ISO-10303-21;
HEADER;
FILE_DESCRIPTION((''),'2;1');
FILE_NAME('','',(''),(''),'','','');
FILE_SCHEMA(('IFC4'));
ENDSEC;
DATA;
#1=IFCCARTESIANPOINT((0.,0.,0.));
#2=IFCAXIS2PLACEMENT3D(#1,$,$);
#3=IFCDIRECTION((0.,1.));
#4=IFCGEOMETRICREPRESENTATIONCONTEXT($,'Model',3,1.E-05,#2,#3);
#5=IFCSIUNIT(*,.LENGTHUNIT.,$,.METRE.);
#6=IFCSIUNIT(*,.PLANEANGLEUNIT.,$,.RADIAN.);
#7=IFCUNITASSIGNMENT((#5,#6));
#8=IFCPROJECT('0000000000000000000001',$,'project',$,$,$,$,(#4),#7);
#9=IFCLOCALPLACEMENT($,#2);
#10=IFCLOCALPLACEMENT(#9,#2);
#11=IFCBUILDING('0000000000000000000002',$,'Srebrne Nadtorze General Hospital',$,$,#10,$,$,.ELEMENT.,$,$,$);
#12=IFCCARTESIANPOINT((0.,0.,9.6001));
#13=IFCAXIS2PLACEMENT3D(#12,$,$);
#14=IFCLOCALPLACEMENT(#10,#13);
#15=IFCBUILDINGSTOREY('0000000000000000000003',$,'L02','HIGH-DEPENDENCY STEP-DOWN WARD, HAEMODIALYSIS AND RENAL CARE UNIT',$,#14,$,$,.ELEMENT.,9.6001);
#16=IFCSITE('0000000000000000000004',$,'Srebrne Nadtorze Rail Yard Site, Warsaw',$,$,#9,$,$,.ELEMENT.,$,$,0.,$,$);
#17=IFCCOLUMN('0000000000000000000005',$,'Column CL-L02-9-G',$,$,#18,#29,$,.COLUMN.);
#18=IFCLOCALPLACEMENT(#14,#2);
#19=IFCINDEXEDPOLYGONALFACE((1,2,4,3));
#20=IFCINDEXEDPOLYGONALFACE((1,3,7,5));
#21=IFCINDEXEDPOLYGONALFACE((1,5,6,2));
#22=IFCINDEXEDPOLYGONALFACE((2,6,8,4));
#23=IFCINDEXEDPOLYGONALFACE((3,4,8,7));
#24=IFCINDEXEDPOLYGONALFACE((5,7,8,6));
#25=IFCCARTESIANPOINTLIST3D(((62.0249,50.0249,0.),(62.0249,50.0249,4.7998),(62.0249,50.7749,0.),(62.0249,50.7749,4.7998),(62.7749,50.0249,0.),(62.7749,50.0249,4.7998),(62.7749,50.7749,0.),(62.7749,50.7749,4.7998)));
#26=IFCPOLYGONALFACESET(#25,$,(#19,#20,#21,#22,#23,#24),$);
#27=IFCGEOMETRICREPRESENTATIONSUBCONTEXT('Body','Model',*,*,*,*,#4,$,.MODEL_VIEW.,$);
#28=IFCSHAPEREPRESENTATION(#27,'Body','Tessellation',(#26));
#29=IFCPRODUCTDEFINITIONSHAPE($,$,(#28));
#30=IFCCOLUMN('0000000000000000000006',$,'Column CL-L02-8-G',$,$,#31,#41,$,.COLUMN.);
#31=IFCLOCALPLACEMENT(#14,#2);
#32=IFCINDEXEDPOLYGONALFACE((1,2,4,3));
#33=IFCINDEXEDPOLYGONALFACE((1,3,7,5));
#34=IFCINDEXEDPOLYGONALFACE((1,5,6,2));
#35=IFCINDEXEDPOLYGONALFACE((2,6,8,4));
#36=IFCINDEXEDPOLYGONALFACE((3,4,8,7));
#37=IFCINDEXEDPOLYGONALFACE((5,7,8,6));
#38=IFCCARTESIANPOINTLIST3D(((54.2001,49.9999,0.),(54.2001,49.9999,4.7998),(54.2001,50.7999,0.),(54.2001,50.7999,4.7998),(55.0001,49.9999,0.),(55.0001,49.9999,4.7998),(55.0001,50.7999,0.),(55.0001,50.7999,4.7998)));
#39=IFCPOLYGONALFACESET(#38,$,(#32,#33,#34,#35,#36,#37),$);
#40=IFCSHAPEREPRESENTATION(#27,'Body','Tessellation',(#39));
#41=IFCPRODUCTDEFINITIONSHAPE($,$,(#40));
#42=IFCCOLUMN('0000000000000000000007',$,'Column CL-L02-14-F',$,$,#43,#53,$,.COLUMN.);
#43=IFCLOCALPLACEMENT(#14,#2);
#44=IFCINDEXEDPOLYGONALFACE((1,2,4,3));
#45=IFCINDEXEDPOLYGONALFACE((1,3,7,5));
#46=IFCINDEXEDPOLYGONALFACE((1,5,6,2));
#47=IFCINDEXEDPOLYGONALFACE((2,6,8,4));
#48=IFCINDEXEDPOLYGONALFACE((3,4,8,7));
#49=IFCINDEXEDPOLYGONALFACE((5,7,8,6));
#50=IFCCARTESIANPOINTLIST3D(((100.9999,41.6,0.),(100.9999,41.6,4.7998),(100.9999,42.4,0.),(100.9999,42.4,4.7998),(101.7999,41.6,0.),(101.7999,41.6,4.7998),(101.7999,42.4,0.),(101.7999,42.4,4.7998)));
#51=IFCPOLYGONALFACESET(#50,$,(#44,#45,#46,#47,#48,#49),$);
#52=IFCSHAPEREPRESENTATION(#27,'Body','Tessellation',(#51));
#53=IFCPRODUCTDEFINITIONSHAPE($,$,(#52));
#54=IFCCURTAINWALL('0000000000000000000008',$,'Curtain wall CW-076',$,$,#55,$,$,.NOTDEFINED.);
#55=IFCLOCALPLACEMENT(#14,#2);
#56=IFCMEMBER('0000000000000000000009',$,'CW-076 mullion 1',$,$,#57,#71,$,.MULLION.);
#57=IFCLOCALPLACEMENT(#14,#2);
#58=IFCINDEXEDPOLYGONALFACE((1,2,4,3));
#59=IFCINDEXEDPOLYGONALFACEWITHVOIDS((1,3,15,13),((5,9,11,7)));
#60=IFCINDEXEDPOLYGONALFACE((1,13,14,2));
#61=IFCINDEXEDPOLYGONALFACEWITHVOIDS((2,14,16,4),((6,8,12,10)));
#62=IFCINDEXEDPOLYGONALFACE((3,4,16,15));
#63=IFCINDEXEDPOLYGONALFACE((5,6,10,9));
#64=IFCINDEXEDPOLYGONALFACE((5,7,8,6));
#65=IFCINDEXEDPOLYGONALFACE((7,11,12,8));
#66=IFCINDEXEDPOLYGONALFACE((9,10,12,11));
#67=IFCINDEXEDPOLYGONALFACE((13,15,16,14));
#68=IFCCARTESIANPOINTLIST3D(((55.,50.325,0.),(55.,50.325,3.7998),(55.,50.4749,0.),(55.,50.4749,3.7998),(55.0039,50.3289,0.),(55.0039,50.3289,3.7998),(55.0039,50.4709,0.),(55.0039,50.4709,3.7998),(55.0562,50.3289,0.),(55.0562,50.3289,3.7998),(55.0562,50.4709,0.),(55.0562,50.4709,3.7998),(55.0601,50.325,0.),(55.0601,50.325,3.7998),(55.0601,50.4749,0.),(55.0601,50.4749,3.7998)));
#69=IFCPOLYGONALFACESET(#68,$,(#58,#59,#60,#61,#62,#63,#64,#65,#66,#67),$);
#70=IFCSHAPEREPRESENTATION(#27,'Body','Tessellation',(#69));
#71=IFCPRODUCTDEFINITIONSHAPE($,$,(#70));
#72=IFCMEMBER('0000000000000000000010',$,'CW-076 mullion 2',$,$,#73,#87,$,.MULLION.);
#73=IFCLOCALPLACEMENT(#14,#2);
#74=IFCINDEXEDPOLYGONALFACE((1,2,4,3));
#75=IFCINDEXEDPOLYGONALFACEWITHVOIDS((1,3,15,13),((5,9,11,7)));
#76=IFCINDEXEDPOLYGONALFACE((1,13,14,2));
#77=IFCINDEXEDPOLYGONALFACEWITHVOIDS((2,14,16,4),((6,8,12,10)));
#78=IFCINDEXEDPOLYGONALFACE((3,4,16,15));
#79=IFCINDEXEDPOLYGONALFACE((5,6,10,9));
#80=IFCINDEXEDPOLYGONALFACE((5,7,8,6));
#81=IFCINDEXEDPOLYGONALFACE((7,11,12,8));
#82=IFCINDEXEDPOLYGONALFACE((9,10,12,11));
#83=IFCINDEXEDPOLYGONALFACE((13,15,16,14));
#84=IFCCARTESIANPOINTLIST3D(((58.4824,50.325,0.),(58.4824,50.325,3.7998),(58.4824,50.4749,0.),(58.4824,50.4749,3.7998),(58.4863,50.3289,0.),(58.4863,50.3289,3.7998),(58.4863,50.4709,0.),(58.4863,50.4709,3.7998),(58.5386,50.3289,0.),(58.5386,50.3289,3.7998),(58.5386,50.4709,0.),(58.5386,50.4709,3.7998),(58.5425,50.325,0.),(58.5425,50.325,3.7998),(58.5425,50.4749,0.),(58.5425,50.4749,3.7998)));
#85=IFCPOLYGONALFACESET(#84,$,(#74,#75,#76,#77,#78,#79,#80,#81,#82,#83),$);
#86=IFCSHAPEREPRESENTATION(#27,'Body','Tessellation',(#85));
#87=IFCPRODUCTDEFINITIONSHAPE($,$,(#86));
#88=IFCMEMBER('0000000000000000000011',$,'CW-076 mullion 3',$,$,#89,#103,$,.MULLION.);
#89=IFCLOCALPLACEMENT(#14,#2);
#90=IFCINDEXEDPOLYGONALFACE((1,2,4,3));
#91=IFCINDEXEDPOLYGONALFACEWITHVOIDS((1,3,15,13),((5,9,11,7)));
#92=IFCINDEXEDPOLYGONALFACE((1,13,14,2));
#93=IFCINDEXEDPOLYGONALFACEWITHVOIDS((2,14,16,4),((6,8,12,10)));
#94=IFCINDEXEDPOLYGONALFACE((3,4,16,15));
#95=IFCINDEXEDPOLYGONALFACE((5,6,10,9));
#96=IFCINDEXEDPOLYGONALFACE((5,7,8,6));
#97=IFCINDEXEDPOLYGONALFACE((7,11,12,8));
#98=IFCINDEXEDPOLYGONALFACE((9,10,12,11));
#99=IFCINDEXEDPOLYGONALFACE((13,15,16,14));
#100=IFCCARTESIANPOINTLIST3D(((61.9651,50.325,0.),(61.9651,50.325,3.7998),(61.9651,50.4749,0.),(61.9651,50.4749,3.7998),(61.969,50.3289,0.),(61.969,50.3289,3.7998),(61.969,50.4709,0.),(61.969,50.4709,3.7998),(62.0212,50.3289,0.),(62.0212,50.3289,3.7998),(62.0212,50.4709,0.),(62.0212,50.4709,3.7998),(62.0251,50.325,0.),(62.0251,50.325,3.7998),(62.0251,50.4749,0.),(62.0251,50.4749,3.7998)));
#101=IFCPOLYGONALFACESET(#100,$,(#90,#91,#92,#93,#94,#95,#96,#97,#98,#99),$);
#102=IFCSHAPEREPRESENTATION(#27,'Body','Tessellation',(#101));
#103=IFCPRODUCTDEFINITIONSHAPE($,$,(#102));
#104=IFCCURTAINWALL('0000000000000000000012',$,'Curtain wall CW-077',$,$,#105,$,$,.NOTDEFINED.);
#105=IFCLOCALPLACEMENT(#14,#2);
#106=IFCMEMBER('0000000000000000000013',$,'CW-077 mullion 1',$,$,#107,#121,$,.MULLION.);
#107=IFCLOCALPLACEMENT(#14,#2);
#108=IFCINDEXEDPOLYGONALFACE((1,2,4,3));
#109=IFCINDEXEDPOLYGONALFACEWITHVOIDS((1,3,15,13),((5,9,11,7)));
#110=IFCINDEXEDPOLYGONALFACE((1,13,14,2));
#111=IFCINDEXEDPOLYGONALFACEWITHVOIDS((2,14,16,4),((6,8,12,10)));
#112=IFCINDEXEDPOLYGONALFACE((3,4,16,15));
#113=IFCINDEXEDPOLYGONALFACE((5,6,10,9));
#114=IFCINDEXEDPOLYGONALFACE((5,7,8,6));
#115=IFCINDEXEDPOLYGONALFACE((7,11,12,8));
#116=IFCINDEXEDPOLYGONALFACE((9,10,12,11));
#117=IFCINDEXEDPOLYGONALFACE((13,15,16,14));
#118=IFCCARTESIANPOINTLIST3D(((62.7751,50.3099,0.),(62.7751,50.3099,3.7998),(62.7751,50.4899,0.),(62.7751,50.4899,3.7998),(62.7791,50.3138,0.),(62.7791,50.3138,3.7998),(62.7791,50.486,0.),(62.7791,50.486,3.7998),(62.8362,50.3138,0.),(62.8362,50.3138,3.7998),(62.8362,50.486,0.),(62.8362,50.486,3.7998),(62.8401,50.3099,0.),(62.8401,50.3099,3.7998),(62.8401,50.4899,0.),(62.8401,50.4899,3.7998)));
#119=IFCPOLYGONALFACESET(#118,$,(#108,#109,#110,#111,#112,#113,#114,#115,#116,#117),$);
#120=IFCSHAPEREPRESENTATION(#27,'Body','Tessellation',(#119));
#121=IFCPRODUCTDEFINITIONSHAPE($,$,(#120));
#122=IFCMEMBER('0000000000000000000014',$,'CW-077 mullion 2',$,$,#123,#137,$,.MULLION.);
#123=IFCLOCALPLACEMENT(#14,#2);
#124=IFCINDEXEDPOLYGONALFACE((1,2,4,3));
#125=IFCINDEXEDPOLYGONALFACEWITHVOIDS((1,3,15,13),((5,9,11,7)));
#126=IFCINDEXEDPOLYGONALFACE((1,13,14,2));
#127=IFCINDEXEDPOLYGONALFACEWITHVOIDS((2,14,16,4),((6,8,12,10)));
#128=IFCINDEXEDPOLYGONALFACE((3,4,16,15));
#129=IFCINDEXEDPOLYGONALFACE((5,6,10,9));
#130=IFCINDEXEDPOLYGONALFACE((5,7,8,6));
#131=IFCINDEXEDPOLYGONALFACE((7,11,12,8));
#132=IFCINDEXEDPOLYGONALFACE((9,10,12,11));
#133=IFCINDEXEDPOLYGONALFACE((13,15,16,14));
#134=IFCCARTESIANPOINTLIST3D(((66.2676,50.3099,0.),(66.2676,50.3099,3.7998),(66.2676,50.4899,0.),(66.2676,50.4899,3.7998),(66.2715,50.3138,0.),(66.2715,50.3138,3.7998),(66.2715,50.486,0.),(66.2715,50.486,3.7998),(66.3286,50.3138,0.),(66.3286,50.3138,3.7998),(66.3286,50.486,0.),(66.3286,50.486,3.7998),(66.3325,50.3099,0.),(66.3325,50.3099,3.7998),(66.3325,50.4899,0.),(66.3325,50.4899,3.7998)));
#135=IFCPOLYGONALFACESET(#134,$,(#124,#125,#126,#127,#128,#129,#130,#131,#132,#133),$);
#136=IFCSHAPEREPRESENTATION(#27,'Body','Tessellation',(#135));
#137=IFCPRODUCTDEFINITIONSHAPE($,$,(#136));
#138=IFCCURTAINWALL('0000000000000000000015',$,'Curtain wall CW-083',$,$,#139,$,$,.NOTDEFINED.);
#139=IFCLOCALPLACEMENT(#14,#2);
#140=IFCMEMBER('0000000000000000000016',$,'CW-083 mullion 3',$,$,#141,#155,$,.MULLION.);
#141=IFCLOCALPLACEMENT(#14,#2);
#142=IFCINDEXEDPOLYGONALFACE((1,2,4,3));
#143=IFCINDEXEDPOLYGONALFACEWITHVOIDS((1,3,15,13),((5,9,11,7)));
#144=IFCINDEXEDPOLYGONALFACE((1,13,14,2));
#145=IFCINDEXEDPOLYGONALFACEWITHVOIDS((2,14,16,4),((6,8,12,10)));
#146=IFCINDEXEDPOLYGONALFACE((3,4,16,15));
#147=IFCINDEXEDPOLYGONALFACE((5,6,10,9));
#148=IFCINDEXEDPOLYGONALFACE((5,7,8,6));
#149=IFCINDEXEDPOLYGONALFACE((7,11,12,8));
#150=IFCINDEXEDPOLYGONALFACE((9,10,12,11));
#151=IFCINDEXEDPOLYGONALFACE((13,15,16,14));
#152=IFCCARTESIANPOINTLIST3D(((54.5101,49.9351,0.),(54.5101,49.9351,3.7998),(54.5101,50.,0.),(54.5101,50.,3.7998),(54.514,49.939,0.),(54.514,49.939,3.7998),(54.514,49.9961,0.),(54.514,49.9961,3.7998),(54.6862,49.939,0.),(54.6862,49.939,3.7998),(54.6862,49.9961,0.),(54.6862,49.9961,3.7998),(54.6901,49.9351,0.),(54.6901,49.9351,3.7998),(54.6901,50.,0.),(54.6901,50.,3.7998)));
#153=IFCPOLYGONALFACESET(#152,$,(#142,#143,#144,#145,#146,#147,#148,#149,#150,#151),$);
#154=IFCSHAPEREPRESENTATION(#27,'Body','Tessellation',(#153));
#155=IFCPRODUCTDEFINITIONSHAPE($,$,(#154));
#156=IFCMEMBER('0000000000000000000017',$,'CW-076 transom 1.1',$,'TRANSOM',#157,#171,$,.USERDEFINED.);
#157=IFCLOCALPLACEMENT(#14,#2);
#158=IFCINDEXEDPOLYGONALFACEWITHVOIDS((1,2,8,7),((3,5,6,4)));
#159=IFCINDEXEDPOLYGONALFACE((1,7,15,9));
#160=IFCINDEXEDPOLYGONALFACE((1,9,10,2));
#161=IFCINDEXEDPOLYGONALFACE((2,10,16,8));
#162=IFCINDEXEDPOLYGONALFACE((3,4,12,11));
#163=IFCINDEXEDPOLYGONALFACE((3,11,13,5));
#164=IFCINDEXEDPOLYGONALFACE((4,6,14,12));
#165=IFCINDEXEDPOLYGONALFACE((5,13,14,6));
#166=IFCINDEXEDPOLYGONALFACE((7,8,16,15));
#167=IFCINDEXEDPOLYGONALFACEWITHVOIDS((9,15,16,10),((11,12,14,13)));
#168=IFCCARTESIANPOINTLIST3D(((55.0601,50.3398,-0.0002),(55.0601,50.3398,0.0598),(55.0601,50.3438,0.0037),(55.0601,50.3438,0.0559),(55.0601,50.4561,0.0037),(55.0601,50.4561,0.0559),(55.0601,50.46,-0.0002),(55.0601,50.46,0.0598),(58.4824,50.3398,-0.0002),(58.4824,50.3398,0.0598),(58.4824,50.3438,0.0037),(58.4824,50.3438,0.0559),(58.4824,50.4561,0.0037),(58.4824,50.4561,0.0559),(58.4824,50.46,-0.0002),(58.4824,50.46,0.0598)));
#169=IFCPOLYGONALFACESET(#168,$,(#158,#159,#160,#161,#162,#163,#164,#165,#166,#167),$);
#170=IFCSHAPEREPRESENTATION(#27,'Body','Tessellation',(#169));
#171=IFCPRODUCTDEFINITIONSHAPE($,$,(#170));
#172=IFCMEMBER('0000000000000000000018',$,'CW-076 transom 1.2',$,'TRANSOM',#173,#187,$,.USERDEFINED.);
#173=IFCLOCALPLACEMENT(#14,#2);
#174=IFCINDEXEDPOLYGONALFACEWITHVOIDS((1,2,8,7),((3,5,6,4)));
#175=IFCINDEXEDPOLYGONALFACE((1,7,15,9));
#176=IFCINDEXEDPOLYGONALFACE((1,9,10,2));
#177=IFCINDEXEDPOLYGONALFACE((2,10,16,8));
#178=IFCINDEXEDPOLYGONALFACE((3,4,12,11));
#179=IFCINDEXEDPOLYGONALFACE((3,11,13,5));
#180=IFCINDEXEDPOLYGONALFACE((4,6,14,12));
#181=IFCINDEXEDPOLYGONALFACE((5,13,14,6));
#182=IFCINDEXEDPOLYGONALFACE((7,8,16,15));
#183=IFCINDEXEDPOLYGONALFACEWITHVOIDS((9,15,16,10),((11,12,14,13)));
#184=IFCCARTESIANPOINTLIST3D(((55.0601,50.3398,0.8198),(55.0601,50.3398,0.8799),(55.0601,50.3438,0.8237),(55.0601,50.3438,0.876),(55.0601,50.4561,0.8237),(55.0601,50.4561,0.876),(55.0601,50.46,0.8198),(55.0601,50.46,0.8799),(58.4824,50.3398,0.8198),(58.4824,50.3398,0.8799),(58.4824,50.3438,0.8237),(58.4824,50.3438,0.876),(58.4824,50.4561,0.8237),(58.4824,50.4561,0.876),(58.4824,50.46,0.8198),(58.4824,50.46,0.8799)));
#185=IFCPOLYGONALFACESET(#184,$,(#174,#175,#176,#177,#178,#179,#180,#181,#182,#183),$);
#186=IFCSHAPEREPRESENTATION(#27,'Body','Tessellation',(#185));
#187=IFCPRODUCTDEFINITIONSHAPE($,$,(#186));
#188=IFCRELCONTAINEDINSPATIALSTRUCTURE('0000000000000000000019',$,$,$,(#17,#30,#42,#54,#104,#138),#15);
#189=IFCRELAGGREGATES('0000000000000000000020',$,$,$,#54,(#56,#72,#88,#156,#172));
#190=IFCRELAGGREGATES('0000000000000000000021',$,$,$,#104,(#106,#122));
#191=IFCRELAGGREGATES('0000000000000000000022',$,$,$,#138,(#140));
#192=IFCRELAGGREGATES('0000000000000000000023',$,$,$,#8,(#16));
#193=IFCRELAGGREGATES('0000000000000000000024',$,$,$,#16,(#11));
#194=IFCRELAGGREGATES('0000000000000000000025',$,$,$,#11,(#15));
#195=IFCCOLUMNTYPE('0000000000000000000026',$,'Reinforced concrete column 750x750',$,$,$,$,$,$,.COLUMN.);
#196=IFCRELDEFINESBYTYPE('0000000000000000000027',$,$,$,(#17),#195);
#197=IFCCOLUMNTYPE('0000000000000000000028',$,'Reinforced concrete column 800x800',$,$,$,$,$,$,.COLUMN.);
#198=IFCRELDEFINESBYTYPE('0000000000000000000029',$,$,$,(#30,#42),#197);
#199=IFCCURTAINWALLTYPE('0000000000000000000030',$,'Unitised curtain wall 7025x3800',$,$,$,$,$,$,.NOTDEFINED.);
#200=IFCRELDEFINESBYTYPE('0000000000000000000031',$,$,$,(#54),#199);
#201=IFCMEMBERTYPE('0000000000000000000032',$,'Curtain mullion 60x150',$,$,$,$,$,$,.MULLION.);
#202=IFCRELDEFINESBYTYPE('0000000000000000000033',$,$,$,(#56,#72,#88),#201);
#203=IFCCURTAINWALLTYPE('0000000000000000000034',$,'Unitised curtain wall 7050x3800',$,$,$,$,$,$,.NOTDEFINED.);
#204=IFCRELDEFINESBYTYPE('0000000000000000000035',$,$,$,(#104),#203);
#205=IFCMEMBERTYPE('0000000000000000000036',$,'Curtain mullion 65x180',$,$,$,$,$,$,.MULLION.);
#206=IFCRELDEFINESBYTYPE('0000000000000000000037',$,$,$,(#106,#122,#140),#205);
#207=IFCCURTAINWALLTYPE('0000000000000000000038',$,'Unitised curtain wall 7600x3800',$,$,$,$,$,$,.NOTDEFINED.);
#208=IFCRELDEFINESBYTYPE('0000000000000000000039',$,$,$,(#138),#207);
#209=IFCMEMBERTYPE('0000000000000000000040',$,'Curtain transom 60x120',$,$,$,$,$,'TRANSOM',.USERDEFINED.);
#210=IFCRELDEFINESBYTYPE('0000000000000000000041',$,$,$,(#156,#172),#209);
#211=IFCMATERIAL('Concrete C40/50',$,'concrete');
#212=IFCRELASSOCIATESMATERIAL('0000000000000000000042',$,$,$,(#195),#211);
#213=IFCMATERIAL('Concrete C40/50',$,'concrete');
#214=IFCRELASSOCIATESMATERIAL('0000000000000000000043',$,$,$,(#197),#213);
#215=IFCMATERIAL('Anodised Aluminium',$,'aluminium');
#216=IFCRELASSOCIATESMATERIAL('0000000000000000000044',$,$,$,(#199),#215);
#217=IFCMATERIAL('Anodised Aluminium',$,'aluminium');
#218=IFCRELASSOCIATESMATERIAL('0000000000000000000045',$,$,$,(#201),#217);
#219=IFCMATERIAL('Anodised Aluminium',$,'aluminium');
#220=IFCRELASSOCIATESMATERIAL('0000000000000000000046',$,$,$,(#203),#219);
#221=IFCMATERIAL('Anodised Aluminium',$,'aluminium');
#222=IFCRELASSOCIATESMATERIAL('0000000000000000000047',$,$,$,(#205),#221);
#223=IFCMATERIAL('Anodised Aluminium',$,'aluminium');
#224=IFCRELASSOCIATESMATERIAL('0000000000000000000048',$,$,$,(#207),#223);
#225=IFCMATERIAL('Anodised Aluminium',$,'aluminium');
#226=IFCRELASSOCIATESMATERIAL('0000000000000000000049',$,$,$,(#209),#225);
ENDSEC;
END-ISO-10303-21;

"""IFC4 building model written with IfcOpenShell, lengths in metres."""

from ifc_helpers import new_model, si_unit, direction, frame, origin, origin_2d, place, context, subcontext, project, spatial, rectangle, hollow_rectangle, extrude, material, material_profile, profile_set, type_object, element, aggregate, save


model = new_model("IFC4")

# Units and contexts
model_context = context("Model", 3, precision=1e-05, world=origin(), true_north=direction((0.0, 1.0)))
body_context = subcontext(model_context, "Body", "Model", "MODEL_VIEW")
ifc_project = project(units=[si_unit("LENGTHUNIT", "METRE"), si_unit("PLANEANGLEUNIT", "RADIAN")], contexts=[model_context])

# Site, building, storey
site_placement = place(None, origin())
site = spatial("IfcSite", under=ifc_project, at=site_placement, Name="Srebrne Nadtorze Rail Yard Site, Warsaw", CompositionType="ELEMENT", RefElevation=0.0)
building_placement = place(site_placement, origin())
building = spatial("IfcBuilding", under=site, at=building_placement, Name="Srebrne Nadtorze General Hospital", CompositionType="ELEMENT")
storey_placement = place(building_placement, frame((0.0, 0.0, 9.6001)))
storey = spatial("IfcBuildingStorey", under=building, at=storey_placement, Name="L02", Description="HIGH-DEPENDENCY STEP-DOWN WARD, HAEMODIALYSIS AND RENAL CARE UNIT", CompositionType="ELEMENT", Elevation=9.6001)

# Columns
ifc_material_1 = material(Name="Concrete C40/50", Category="concrete")
ifc_material_profile_1 = material_profile(ifc_material_1, rectangle(XDim=0.75, YDim=0.75, at=origin_2d()), Name="RC-COL-750x750")
ifc_profile_set_1 = profile_set([ifc_material_profile_1], Name="Concrete C40/50")
column_type_1 = type_object("IfcColumnType", Name="Reinforced concrete column 750x750", PredefinedType="COLUMN", material=ifc_profile_set_1)
column_placement = place(storey_placement, frame((62.3999, 50.3999, 0.0), z_axis=(0.0, 0.0, 1.0), x_axis=(1.0, 0.0, 0.0)))
element("IfcColumn", 1, at=column_placement, inside=storey, type_object=column_type_1, Name="Column CL-L02-9-G", PredefinedType="COLUMN", context=body_context, shape_type="SweptSolid", body=[
    extrude(rectangle(XDim=0.75, YDim=0.75, at=origin_2d()), origin(), (0.0, 0.0, 1.0), 4.7998),
])
ifc_material_2 = material(Name="Concrete C40/50", Category="concrete")
ifc_material_profile_2 = material_profile(ifc_material_2, rectangle(XDim=0.8, YDim=0.8, at=origin_2d()), Name="RC-COL-800x800")
ifc_profile_set_2 = profile_set([ifc_material_profile_2], Name="Concrete C40/50")
column_type_2 = type_object("IfcColumnType", Name="Reinforced concrete column 800x800", PredefinedType="COLUMN", material=ifc_profile_set_2)
for number, where, z_axis, x_axis, name in (
    (2, (54.6001, 50.3999, 0.0), (0.0, 0.0, 1.0), (1.0, 0.0, 0.0), "Column CL-L02-8-G"),
    (3, (101.3999, 42.0, 0.0), (0.0, 0.0, 1.0), (1.0, 0.0, 0.0), "Column CL-L02-14-F"),
):
    element("IfcColumn", number, at=place(storey_placement, frame(where, z_axis=z_axis, x_axis=x_axis)), inside=storey, type_object=column_type_2, Name=name, PredefinedType="COLUMN", context=body_context, shape_type="SweptSolid", body=[
        extrude(rectangle(XDim=0.8, YDim=0.8, at=origin_2d()), origin(), (0.0, 0.0, 1.0), 4.7998),
    ])

# Curtain walls, members
ifc_material_3 = material(Name="Anodised Aluminium", Category="aluminium")
curtain_wall_type_1 = type_object("IfcCurtainWallType", Name="Unitised curtain wall 7025x3800", PredefinedType="NOTDEFINED", material=ifc_material_3)
curtain_wall_1_placement = place(storey_placement, origin())
curtain_wall_1 = element("IfcCurtainWall", 4, at=curtain_wall_1_placement, inside=storey, type_object=curtain_wall_type_1, Name="Curtain wall CW-076", PredefinedType="NOTDEFINED")
ifc_material_4 = material(Name="Anodised Aluminium", Category="aluminium")
ifc_material_profile_3 = material_profile(ifc_material_4, hollow_rectangle(XDim=0.0601, YDim=0.1499, WallThickness=0.0039, at=origin_2d()), Name="AL-MUL-60x150")
ifc_profile_set_3 = profile_set([ifc_material_profile_3], Name="Anodised Aluminium")
member_type_1 = type_object("IfcMemberType", Name="Curtain mullion 60x150", PredefinedType="MULLION", material=ifc_profile_set_3)
member_1_placement = place(storey_placement, frame((55.03, 50.3999, 0.0), z_axis=(0.0, 0.0, 1.0), x_axis=(1.0, 0.0, 0.0)))
member_1 = element("IfcMember", 5, at=member_1_placement, type_object=member_type_1, Name="CW-076 mullion 1", PredefinedType="MULLION", context=body_context, shape_type="SweptSolid", body=[
    extrude(hollow_rectangle(XDim=0.0601, YDim=0.1499, WallThickness=0.0039, at=origin_2d()), origin(), (0.0, 0.0, 1.0), 3.7998),
])
member_2_placement = place(storey_placement, frame((58.5125, 50.3999, 0.0), z_axis=(0.0, 0.0, 1.0), x_axis=(1.0, 0.0, 0.0)))
member_2 = element("IfcMember", 6, at=member_2_placement, type_object=member_type_1, Name="CW-076 mullion 2", PredefinedType="MULLION", context=body_context, shape_type="SweptSolid", body=[
    extrude(hollow_rectangle(XDim=0.0601, YDim=0.1499, WallThickness=0.0039, at=origin_2d()), origin(), (0.0, 0.0, 1.0), 3.7998),
])
member_3_placement = place(storey_placement, frame((61.9951, 50.3999, 0.0), z_axis=(0.0, 0.0, 1.0), x_axis=(1.0, 0.0, 0.0)))
member_3 = element("IfcMember", 7, at=member_3_placement, type_object=member_type_1, Name="CW-076 mullion 3", PredefinedType="MULLION", context=body_context, shape_type="SweptSolid", body=[
    extrude(hollow_rectangle(XDim=0.0601, YDim=0.1499, WallThickness=0.0039, at=origin_2d()), origin(), (0.0, 0.0, 1.0), 3.7998),
])
ifc_material_5 = material(Name="Anodised Aluminium", Category="aluminium")
curtain_wall_type_2 = type_object("IfcCurtainWallType", Name="Unitised curtain wall 7050x3800", PredefinedType="NOTDEFINED", material=ifc_material_5)
curtain_wall_2_placement = place(storey_placement, origin())
curtain_wall_2 = element("IfcCurtainWall", 8, at=curtain_wall_2_placement, inside=storey, type_object=curtain_wall_type_2, Name="Curtain wall CW-077", PredefinedType="NOTDEFINED")
ifc_material_6 = material(Name="Anodised Aluminium", Category="aluminium")
ifc_material_profile_4 = material_profile(ifc_material_6, hollow_rectangle(XDim=0.0649, YDim=0.1799, WallThickness=0.0039, at=origin_2d()), Name="AL-MUL-65x180")
ifc_profile_set_4 = profile_set([ifc_material_profile_4], Name="Anodised Aluminium")
member_type_2 = type_object("IfcMemberType", Name="Curtain mullion 65x180", PredefinedType="MULLION", material=ifc_profile_set_4)
member_4_placement = place(storey_placement, frame((62.8076, 50.3999, 0.0), z_axis=(0.0, 0.0, 1.0), x_axis=(1.0, 0.0, 0.0)))
member_4 = element("IfcMember", 9, at=member_4_placement, type_object=member_type_2, Name="CW-077 mullion 1", PredefinedType="MULLION", context=body_context, shape_type="SweptSolid", body=[
    extrude(hollow_rectangle(XDim=0.0649, YDim=0.1799, WallThickness=0.0039, at=origin_2d()), origin(), (0.0, 0.0, 1.0), 3.7998),
])
member_5_placement = place(storey_placement, frame((66.3, 50.3999, 0.0), z_axis=(0.0, 0.0, 1.0), x_axis=(1.0, 0.0, 0.0)))
member_5 = element("IfcMember", 10, at=member_5_placement, type_object=member_type_2, Name="CW-077 mullion 2", PredefinedType="MULLION", context=body_context, shape_type="SweptSolid", body=[
    extrude(hollow_rectangle(XDim=0.0649, YDim=0.1799, WallThickness=0.0039, at=origin_2d()), origin(), (0.0, 0.0, 1.0), 3.7998),
])

# Curtain wall, member
ifc_material_7 = material(Name="Anodised Aluminium", Category="aluminium")
curtain_wall_type_3 = type_object("IfcCurtainWallType", Name="Unitised curtain wall 7600x3800", PredefinedType="NOTDEFINED", material=ifc_material_7)
curtain_wall_3_placement = place(storey_placement, origin())
curtain_wall_3 = element("IfcCurtainWall", 11, at=curtain_wall_3_placement, inside=storey, type_object=curtain_wall_type_3, Name="Curtain wall CW-083", PredefinedType="NOTDEFINED")
member_6_placement = place(storey_placement, frame((54.6001, 49.9675, 0.0), z_axis=(0.0, 0.0, 1.0), x_axis=(0.0, 1.0, 0.0)))
member_6 = element("IfcMember", 12, at=member_6_placement, type_object=member_type_2, Name="CW-083 mullion 3", PredefinedType="MULLION", context=body_context, shape_type="SweptSolid", body=[
    extrude(hollow_rectangle(XDim=0.0649, YDim=0.1799, WallThickness=0.0039, at=origin_2d()), origin(), (0.0, 0.0, 1.0), 3.7998),
])

# Members
ifc_material_8 = material(Name="Anodised Aluminium", Category="aluminium")
ifc_material_profile_5 = material_profile(ifc_material_8, hollow_rectangle(XDim=0.0601, YDim=0.1201, WallThickness=0.0039, at=origin_2d()), Name="AL-TRN-60x120")
ifc_profile_set_5 = profile_set([ifc_material_profile_5], Name="Anodised Aluminium")
member_type_3 = type_object("IfcMemberType", Name="Curtain transom 60x120", ElementType="TRANSOM", PredefinedType="USERDEFINED", material=ifc_profile_set_5)
member_7_placement = place(storey_placement, frame((55.0601, 50.3999, 0.0298), z_axis=(1.0, 0.0, 0.0), x_axis=(0.0, 0.0, 1.0)))
member_7 = element("IfcMember", 13, at=member_7_placement, type_object=member_type_3, Name="CW-076 transom 1.1", ObjectType="TRANSOM", PredefinedType="USERDEFINED", context=body_context, shape_type="SweptSolid", body=[
    extrude(hollow_rectangle(XDim=0.0601, YDim=0.1201, WallThickness=0.0039, at=origin_2d()), origin(), (0.0, 0.0, 1.0), 3.4224),
])
member_8_placement = place(storey_placement, frame((55.0601, 50.3999, 0.8499), z_axis=(1.0, 0.0, 0.0), x_axis=(0.0, 0.0, 1.0)))
member_8 = element("IfcMember", 14, at=member_8_placement, type_object=member_type_3, Name="CW-076 transom 1.2", ObjectType="TRANSOM", PredefinedType="USERDEFINED", context=body_context, shape_type="SweptSolid", body=[
    extrude(hollow_rectangle(XDim=0.0601, YDim=0.1201, WallThickness=0.0039, at=origin_2d()), origin(), (0.0, 0.0, 1.0), 3.4224),
])

aggregate(curtain_wall_1, [member_1, member_2, member_3, member_7, member_8])
aggregate(curtain_wall_2, [member_4, member_5])
aggregate(curtain_wall_3, [member_6])

save(model, "model.ifc")
